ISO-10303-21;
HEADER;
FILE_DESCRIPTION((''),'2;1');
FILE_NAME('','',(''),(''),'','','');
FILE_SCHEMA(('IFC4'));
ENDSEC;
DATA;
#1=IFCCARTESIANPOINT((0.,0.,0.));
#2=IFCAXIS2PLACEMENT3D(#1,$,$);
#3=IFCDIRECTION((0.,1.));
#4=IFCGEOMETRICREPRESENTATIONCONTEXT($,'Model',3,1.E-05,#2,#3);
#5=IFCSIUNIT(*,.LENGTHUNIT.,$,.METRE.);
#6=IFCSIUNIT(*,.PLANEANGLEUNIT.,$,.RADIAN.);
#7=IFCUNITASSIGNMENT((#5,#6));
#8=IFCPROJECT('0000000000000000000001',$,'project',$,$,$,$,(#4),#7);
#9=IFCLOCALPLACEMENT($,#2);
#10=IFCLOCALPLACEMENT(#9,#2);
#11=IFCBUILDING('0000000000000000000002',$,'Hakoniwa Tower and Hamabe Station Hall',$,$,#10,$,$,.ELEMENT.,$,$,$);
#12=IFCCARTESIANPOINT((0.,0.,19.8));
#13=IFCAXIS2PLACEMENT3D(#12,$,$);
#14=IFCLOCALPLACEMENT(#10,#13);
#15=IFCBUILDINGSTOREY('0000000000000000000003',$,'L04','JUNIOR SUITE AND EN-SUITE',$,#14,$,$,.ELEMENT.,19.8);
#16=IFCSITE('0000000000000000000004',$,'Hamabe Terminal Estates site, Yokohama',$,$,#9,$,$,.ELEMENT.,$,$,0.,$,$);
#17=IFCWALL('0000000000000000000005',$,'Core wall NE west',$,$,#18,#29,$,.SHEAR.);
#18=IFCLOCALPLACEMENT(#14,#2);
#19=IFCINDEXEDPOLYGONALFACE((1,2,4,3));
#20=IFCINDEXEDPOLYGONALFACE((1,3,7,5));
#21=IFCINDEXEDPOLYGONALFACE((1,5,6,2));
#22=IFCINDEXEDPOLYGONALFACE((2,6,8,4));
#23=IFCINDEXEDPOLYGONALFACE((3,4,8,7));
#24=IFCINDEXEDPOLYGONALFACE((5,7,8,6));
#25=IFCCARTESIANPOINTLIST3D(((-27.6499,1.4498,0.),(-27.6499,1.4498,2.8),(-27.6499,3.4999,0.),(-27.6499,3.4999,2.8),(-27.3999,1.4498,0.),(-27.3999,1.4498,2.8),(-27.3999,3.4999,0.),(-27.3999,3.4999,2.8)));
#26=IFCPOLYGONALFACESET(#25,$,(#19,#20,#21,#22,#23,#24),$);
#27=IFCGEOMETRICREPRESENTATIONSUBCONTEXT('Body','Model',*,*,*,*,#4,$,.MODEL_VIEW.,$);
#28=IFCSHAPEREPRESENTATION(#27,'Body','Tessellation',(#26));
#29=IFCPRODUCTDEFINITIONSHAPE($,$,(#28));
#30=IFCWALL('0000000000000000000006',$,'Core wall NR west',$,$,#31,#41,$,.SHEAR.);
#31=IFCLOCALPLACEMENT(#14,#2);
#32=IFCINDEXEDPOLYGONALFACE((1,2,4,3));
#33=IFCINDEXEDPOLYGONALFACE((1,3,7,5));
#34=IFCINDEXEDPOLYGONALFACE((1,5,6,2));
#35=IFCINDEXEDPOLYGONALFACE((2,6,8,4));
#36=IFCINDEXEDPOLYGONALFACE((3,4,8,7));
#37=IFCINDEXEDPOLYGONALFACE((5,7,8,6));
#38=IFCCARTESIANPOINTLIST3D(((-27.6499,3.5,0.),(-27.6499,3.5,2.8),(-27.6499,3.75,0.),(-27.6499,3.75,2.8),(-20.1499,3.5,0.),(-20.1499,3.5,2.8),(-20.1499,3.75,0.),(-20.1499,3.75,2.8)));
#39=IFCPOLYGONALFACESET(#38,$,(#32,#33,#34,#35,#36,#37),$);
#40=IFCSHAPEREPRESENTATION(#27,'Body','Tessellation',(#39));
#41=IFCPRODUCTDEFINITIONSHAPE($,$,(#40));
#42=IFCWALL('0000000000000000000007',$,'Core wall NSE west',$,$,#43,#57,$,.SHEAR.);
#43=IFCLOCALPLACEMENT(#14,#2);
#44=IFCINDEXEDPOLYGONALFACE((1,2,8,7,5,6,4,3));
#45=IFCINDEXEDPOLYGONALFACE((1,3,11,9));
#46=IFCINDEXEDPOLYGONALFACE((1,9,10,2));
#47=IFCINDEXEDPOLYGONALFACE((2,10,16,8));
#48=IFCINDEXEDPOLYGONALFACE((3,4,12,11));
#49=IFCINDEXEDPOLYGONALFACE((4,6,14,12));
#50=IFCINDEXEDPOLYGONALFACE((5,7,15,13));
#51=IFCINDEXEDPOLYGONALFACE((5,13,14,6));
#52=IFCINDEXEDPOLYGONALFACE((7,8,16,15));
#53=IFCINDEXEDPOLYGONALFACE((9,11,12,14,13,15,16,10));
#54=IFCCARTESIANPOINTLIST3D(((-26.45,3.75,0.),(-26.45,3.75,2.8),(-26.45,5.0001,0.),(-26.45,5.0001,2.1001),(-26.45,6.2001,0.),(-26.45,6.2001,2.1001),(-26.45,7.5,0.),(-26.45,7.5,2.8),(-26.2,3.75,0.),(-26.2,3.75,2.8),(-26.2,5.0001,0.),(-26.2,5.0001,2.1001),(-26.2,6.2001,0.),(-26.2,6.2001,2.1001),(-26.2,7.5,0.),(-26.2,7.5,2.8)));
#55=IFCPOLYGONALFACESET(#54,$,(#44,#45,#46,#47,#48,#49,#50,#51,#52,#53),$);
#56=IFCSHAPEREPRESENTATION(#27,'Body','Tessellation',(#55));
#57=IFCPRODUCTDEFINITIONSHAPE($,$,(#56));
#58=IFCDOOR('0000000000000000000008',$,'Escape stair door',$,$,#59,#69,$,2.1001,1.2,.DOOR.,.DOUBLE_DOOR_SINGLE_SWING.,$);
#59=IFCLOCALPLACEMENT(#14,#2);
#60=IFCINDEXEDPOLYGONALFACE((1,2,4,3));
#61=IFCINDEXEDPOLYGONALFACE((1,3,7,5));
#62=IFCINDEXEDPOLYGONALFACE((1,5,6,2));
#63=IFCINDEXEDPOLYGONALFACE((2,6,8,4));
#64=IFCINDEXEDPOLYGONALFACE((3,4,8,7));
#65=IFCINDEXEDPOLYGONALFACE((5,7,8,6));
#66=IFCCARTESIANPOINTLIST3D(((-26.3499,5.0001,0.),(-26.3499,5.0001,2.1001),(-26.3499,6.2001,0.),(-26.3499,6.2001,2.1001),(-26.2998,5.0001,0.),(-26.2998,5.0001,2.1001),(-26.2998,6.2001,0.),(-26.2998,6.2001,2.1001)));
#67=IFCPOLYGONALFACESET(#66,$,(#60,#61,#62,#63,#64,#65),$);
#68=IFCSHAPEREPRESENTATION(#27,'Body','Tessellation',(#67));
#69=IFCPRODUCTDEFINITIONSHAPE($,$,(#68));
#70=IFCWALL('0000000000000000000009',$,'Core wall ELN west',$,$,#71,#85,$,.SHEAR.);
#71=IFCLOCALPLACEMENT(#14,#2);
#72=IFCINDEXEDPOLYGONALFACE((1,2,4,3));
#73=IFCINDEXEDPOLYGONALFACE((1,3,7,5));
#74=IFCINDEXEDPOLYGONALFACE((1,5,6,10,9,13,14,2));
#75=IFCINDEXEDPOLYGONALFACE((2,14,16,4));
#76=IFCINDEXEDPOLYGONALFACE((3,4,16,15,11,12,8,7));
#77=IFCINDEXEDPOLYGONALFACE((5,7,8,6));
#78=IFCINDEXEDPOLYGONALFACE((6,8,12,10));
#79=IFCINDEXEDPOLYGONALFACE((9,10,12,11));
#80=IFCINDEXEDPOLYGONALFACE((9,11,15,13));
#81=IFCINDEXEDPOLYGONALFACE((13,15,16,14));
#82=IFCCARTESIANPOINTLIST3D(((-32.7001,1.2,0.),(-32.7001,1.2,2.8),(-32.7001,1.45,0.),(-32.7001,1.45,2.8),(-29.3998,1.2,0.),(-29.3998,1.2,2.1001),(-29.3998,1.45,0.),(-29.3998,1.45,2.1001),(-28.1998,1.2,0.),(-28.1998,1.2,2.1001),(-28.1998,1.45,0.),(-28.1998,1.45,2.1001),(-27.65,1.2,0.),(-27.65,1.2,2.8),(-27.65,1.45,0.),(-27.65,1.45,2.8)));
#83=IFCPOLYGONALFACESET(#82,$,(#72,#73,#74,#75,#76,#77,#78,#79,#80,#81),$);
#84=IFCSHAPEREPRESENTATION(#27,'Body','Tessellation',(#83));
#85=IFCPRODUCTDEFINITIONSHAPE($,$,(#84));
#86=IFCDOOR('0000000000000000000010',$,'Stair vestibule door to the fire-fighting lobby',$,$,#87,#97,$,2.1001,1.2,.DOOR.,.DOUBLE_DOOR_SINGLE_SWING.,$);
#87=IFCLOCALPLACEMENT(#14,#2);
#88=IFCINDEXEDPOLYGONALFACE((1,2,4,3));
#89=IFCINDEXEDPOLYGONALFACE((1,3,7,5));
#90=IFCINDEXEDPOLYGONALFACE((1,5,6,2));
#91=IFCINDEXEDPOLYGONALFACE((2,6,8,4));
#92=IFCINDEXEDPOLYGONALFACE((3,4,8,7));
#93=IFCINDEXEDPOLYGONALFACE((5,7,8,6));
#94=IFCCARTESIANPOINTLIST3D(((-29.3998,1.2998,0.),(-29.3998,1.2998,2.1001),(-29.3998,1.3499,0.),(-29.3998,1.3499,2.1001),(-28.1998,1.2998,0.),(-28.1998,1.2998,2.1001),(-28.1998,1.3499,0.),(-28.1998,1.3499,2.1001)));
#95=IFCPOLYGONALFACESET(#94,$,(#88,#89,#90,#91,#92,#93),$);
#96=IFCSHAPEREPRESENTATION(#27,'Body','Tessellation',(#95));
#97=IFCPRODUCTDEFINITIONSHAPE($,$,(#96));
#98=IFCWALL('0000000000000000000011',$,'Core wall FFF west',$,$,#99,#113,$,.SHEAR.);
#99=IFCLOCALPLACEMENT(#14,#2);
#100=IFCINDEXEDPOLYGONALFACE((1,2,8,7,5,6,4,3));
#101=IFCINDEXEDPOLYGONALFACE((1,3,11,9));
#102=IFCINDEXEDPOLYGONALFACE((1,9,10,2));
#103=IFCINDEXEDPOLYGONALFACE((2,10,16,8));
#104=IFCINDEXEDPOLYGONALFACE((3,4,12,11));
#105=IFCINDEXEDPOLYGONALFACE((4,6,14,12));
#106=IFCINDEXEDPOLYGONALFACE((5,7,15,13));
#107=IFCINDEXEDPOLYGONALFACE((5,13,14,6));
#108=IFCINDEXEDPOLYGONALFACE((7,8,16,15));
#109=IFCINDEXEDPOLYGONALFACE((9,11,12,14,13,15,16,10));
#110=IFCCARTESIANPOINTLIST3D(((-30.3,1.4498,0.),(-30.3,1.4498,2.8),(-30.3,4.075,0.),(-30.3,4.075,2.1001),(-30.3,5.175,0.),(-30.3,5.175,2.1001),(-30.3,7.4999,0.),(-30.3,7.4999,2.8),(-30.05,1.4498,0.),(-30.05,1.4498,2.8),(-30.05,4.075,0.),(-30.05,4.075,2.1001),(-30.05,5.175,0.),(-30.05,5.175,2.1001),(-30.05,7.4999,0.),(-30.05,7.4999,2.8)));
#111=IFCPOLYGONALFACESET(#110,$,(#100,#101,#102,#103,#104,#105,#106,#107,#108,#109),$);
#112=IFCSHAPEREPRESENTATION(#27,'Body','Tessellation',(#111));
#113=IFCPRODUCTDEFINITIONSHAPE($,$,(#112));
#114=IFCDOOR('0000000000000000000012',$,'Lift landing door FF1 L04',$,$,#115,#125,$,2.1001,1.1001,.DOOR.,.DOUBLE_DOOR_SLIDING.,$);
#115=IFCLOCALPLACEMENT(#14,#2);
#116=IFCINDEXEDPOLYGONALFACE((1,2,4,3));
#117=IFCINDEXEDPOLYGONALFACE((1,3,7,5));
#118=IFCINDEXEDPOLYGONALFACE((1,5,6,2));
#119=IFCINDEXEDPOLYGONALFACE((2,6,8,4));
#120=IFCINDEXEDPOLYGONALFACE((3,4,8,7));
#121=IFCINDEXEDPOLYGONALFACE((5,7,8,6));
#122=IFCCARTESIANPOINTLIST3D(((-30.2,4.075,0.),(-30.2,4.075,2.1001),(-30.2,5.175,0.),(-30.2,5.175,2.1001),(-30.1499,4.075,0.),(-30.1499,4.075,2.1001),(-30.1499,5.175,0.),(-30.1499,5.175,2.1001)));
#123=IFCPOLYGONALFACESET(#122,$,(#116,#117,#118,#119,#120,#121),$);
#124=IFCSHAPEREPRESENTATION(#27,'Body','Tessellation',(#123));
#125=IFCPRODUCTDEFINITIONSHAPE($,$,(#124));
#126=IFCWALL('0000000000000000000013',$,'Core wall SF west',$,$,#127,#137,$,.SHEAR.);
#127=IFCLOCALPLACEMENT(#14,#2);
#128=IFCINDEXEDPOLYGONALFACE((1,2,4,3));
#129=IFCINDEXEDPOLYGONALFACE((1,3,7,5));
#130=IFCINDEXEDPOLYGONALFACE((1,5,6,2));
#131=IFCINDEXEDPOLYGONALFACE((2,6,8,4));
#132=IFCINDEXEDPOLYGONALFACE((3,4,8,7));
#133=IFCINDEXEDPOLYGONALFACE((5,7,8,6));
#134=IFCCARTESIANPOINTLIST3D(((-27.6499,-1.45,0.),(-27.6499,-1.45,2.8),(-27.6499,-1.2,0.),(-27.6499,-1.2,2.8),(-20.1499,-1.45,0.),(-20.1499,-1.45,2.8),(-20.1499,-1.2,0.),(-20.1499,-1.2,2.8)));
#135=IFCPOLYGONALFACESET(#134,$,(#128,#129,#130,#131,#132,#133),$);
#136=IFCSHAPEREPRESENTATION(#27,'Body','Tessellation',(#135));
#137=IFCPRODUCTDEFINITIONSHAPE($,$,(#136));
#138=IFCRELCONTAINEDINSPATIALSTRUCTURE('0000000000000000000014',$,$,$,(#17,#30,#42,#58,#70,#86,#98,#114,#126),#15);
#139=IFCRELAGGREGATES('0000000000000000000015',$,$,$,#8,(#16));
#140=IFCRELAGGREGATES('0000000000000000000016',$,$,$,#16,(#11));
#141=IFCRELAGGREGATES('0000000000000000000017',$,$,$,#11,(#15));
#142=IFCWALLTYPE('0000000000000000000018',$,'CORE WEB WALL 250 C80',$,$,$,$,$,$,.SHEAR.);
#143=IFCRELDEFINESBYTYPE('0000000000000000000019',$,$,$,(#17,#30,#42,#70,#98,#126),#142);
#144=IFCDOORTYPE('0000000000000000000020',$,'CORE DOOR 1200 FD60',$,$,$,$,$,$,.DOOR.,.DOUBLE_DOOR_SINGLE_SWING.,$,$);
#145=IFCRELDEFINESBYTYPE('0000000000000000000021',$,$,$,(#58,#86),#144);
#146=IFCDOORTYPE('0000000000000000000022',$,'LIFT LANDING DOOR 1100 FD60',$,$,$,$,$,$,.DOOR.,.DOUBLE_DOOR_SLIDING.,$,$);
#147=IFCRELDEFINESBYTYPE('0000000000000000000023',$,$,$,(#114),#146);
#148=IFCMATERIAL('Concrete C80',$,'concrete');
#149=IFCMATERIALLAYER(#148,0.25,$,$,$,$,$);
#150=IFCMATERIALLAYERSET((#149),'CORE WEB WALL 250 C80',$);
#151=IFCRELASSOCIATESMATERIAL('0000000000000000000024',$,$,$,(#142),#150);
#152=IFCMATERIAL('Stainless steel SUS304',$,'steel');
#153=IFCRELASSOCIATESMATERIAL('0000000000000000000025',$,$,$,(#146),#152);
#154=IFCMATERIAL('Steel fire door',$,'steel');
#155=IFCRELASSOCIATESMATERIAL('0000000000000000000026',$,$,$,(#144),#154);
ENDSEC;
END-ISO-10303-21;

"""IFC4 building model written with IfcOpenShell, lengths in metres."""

from ifc_helpers import new_model, si_unit, direction, frame, frame_2d, origin, place, context, subcontext, project, spatial, rectangle, extrude, material, layer, layer_set, type_object, element, fill, save


model = new_model("IFC4")

# Units and contexts
model_context = context("Model", 3, precision=1e-05, world=origin(), true_north=direction((0.0, 1.0)))
body_context = subcontext(model_context, "Body", "Model", "MODEL_VIEW")
ifc_project = project(units=[si_unit("LENGTHUNIT", "METRE"), si_unit("PLANEANGLEUNIT", "RADIAN")], contexts=[model_context])

# Site, building, storey
site_placement = place(None, origin())
site = spatial("IfcSite", under=ifc_project, at=site_placement, Name="Hamabe Terminal Estates site, Yokohama", CompositionType="ELEMENT", RefElevation=0.0)
building_placement = place(site_placement, origin())
building = spatial("IfcBuilding", under=site, at=building_placement, Name="Hakoniwa Tower and Hamabe Station Hall", CompositionType="ELEMENT")
storey_placement = place(building_placement, frame((0.0, 0.0, 19.8)))
storey = spatial("IfcBuildingStorey", under=building, at=storey_placement, Name="L04", Description="JUNIOR SUITE AND EN-SUITE", CompositionType="ELEMENT", Elevation=19.8)

# Shared definitions
ifc_material_1 = material(Name="Concrete C80", Category="concrete")
ifc_layer_1 = layer(ifc_material_1, 0.25)
ifc_layer_set_1 = layer_set([ifc_layer_1], Name="CORE WEB WALL 250 C80")
wall_type_1 = type_object("IfcWallType", Name="CORE WEB WALL 250 C80", PredefinedType="SHEAR", material=ifc_layer_set_1)

# Shared definitions
ifc_material_2 = material(Name="Stainless steel SUS304", Category="steel")
door_type_1 = type_object("IfcDoorType", Name="LIFT LANDING DOOR 1100 FD60", OperationType="DOUBLE_DOOR_SLIDING", PredefinedType="DOOR", material=ifc_material_2)

# Walls
wall_1_placement = place(storey_placement, frame((-27.5249, 1.45, 0.0), z_axis=(0.0, 0.0, 1.0), x_axis=(0.0, 1.0, 0.0)))
element("IfcWall", 1, at=wall_1_placement, inside=storey, type_object=wall_type_1, Name="Core wall NE west", PredefinedType="SHEAR", context=body_context, shape_type="SweptSolid", body=[
    extrude(rectangle(XDim=2.05, YDim=0.25, at=frame_2d((1.0249, 0.0))), origin(), (0.0, 0.0, 1.0), 2.8),
])
wall_2_placement = place(storey_placement, frame((-27.6499, 3.625, 0.0), z_axis=(0.0, 0.0, 1.0), x_axis=(1.0, 0.0, 0.0)))
element("IfcWall", 2, at=wall_2_placement, inside=storey, type_object=wall_type_1, Name="Core wall NR west", PredefinedType="SHEAR", context=body_context, shape_type="SweptSolid", body=[
    extrude(rectangle(XDim=7.5, YDim=0.25, at=frame_2d((3.75, 0.0))), origin(), (0.0, 0.0, 1.0), 2.8),
])

# Walls, openings, doors
wall_3_placement = place(storey_placement, frame((-26.325, 3.75, 0.0), z_axis=(0.0, 0.0, 1.0), x_axis=(0.0, 1.0, 0.0)))
wall_3 = element("IfcWall", 3, at=wall_3_placement, inside=storey, type_object=wall_type_1, Name="Core wall NSE west", PredefinedType="SHEAR", context=body_context, shape_type="SweptSolid", body=[
    extrude(rectangle(XDim=3.75, YDim=0.25, at=frame_2d((1.875, 0.0))), origin(), (0.0, 0.0, 1.0), 2.8),
])
opening_1_placement = place(wall_3_placement, frame((1.25, 0.0, 0.0)))
opening_1 = element("IfcOpeningElement", 4, at=opening_1_placement, cuts=wall_3, PredefinedType="OPENING", context=body_context, shape_type="SweptSolid", body=[
    extrude(rectangle(XDim=1.2, YDim=2.1001, at=frame_2d((0.6001, 1.05))), frame((0.0, 0.135, 0.0), z_axis=(0.0, -1.0, 0.0), x_axis=(1.0, 0.0, 0.0)), (0.0, 0.0, 1.0), 0.27),
])
ifc_material_3 = material(Name="Steel fire door", Category="steel")
door_type_2 = type_object("IfcDoorType", Name="CORE DOOR 1200 FD60", OperationType="DOUBLE_DOOR_SINGLE_SWING", PredefinedType="DOOR", material=ifc_material_3)
door_1_placement = place(opening_1_placement, origin())
door_1 = element("IfcDoor", 5, at=door_1_placement, inside=storey, type_object=door_type_2, Name="Escape stair door", OperationType="DOUBLE_DOOR_SINGLE_SWING", OverallHeight=2.1001, OverallWidth=1.2, PredefinedType="DOOR", context=body_context, shape_type="SweptSolid", body=[
    extrude(rectangle(XDim=1.2, YDim=2.1001, at=frame_2d((0.6001, 1.05))), frame((0.0, 0.0249, 0.0), z_axis=(0.0, -1.0, 0.0), x_axis=(1.0, 0.0, 0.0)), (0.0, 0.0, 1.0), 0.05),
])
fill(opening_1, door_1)
wall_4_placement = place(storey_placement, frame((-32.7, 1.325, 0.0), z_axis=(0.0, 0.0, 1.0), x_axis=(1.0, 0.0, 0.0)))
wall_4 = element("IfcWall", 6, at=wall_4_placement, inside=storey, type_object=wall_type_1, Name="Core wall ELN west", PredefinedType="SHEAR", context=body_context, shape_type="SweptSolid", body=[
    extrude(rectangle(XDim=5.05, YDim=0.25, at=frame_2d((2.5249, 0.0))), origin(), (0.0, 0.0, 1.0), 2.8),
])
opening_2_placement = place(wall_4_placement, frame((3.3, 0.0, 0.0)))
opening_2 = element("IfcOpeningElement", 7, at=opening_2_placement, cuts=wall_4, PredefinedType="OPENING", context=body_context, shape_type="SweptSolid", body=[
    extrude(rectangle(XDim=1.2, YDim=2.1001, at=frame_2d((0.6001, 1.05))), frame((0.0, 0.135, 0.0), z_axis=(0.0, -1.0, 0.0), x_axis=(1.0, 0.0, 0.0)), (0.0, 0.0, 1.0), 0.27),
])
door_2_placement = place(opening_2_placement, origin())
door_2 = element("IfcDoor", 8, at=door_2_placement, inside=storey, type_object=door_type_2, Name="Stair vestibule door to the fire-fighting lobby", OperationType="DOUBLE_DOOR_SINGLE_SWING", OverallHeight=2.1001, OverallWidth=1.2, PredefinedType="DOOR", context=body_context, shape_type="SweptSolid", body=[
    extrude(rectangle(XDim=1.2, YDim=2.1001, at=frame_2d((0.6001, 1.05))), frame((0.0, 0.0249, 0.0), z_axis=(0.0, -1.0, 0.0), x_axis=(1.0, 0.0, 0.0)), (0.0, 0.0, 1.0), 0.05),
])
fill(opening_2, door_2)
wall_5_placement = place(storey_placement, frame((-30.175, 1.45, 0.0), z_axis=(0.0, 0.0, 1.0), x_axis=(0.0, 1.0, 0.0)))
wall_5 = element("IfcWall", 9, at=wall_5_placement, inside=storey, type_object=wall_type_1, Name="Core wall FFF west", PredefinedType="SHEAR", context=body_context, shape_type="SweptSolid", body=[
    extrude(rectangle(XDim=6.05, YDim=0.25, at=frame_2d((3.0249, 0.0))), origin(), (0.0, 0.0, 1.0), 2.8),
])
opening_3_placement = place(wall_5_placement, frame((2.625, 0.0, 0.0)))
opening_3 = element("IfcOpeningElement", 10, at=opening_3_placement, cuts=wall_5, PredefinedType="OPENING", context=body_context, shape_type="SweptSolid", body=[
    extrude(rectangle(XDim=1.1001, YDim=2.1001, at=frame_2d((0.55, 1.05))), frame((0.0, 0.135, 0.0), z_axis=(0.0, -1.0, 0.0), x_axis=(1.0, 0.0, 0.0)), (0.0, 0.0, 1.0), 0.27),
])
door_3_placement = place(opening_3_placement, origin())
door_3 = element("IfcDoor", 11, at=door_3_placement, inside=storey, type_object=door_type_1, Name="Lift landing door FF1 L04", OperationType="DOUBLE_DOOR_SLIDING", OverallHeight=2.1001, OverallWidth=1.1001, PredefinedType="DOOR", context=body_context, shape_type="SweptSolid", body=[
    extrude(rectangle(XDim=1.1001, YDim=2.1001, at=frame_2d((0.55, 1.05))), frame((0.0, 0.0249, 0.0), z_axis=(0.0, -1.0, 0.0), x_axis=(1.0, 0.0, 0.0)), (0.0, 0.0, 1.0), 0.05),
])
fill(opening_3, door_3)

# Wall
wall_6_placement = place(storey_placement, frame((-27.6499, -1.325, 0.0), z_axis=(0.0, 0.0, 1.0), x_axis=(1.0, 0.0, 0.0)))
element("IfcWall", 12, at=wall_6_placement, inside=storey, type_object=wall_type_1, Name="Core wall SF west", PredefinedType="SHEAR", context=body_context, shape_type="SweptSolid", body=[
    extrude(rectangle(XDim=7.5, YDim=0.25, at=frame_2d((3.75, 0.0))), origin(), (0.0, 0.0, 1.0), 2.8),
])

save(model, "model.ifc")
